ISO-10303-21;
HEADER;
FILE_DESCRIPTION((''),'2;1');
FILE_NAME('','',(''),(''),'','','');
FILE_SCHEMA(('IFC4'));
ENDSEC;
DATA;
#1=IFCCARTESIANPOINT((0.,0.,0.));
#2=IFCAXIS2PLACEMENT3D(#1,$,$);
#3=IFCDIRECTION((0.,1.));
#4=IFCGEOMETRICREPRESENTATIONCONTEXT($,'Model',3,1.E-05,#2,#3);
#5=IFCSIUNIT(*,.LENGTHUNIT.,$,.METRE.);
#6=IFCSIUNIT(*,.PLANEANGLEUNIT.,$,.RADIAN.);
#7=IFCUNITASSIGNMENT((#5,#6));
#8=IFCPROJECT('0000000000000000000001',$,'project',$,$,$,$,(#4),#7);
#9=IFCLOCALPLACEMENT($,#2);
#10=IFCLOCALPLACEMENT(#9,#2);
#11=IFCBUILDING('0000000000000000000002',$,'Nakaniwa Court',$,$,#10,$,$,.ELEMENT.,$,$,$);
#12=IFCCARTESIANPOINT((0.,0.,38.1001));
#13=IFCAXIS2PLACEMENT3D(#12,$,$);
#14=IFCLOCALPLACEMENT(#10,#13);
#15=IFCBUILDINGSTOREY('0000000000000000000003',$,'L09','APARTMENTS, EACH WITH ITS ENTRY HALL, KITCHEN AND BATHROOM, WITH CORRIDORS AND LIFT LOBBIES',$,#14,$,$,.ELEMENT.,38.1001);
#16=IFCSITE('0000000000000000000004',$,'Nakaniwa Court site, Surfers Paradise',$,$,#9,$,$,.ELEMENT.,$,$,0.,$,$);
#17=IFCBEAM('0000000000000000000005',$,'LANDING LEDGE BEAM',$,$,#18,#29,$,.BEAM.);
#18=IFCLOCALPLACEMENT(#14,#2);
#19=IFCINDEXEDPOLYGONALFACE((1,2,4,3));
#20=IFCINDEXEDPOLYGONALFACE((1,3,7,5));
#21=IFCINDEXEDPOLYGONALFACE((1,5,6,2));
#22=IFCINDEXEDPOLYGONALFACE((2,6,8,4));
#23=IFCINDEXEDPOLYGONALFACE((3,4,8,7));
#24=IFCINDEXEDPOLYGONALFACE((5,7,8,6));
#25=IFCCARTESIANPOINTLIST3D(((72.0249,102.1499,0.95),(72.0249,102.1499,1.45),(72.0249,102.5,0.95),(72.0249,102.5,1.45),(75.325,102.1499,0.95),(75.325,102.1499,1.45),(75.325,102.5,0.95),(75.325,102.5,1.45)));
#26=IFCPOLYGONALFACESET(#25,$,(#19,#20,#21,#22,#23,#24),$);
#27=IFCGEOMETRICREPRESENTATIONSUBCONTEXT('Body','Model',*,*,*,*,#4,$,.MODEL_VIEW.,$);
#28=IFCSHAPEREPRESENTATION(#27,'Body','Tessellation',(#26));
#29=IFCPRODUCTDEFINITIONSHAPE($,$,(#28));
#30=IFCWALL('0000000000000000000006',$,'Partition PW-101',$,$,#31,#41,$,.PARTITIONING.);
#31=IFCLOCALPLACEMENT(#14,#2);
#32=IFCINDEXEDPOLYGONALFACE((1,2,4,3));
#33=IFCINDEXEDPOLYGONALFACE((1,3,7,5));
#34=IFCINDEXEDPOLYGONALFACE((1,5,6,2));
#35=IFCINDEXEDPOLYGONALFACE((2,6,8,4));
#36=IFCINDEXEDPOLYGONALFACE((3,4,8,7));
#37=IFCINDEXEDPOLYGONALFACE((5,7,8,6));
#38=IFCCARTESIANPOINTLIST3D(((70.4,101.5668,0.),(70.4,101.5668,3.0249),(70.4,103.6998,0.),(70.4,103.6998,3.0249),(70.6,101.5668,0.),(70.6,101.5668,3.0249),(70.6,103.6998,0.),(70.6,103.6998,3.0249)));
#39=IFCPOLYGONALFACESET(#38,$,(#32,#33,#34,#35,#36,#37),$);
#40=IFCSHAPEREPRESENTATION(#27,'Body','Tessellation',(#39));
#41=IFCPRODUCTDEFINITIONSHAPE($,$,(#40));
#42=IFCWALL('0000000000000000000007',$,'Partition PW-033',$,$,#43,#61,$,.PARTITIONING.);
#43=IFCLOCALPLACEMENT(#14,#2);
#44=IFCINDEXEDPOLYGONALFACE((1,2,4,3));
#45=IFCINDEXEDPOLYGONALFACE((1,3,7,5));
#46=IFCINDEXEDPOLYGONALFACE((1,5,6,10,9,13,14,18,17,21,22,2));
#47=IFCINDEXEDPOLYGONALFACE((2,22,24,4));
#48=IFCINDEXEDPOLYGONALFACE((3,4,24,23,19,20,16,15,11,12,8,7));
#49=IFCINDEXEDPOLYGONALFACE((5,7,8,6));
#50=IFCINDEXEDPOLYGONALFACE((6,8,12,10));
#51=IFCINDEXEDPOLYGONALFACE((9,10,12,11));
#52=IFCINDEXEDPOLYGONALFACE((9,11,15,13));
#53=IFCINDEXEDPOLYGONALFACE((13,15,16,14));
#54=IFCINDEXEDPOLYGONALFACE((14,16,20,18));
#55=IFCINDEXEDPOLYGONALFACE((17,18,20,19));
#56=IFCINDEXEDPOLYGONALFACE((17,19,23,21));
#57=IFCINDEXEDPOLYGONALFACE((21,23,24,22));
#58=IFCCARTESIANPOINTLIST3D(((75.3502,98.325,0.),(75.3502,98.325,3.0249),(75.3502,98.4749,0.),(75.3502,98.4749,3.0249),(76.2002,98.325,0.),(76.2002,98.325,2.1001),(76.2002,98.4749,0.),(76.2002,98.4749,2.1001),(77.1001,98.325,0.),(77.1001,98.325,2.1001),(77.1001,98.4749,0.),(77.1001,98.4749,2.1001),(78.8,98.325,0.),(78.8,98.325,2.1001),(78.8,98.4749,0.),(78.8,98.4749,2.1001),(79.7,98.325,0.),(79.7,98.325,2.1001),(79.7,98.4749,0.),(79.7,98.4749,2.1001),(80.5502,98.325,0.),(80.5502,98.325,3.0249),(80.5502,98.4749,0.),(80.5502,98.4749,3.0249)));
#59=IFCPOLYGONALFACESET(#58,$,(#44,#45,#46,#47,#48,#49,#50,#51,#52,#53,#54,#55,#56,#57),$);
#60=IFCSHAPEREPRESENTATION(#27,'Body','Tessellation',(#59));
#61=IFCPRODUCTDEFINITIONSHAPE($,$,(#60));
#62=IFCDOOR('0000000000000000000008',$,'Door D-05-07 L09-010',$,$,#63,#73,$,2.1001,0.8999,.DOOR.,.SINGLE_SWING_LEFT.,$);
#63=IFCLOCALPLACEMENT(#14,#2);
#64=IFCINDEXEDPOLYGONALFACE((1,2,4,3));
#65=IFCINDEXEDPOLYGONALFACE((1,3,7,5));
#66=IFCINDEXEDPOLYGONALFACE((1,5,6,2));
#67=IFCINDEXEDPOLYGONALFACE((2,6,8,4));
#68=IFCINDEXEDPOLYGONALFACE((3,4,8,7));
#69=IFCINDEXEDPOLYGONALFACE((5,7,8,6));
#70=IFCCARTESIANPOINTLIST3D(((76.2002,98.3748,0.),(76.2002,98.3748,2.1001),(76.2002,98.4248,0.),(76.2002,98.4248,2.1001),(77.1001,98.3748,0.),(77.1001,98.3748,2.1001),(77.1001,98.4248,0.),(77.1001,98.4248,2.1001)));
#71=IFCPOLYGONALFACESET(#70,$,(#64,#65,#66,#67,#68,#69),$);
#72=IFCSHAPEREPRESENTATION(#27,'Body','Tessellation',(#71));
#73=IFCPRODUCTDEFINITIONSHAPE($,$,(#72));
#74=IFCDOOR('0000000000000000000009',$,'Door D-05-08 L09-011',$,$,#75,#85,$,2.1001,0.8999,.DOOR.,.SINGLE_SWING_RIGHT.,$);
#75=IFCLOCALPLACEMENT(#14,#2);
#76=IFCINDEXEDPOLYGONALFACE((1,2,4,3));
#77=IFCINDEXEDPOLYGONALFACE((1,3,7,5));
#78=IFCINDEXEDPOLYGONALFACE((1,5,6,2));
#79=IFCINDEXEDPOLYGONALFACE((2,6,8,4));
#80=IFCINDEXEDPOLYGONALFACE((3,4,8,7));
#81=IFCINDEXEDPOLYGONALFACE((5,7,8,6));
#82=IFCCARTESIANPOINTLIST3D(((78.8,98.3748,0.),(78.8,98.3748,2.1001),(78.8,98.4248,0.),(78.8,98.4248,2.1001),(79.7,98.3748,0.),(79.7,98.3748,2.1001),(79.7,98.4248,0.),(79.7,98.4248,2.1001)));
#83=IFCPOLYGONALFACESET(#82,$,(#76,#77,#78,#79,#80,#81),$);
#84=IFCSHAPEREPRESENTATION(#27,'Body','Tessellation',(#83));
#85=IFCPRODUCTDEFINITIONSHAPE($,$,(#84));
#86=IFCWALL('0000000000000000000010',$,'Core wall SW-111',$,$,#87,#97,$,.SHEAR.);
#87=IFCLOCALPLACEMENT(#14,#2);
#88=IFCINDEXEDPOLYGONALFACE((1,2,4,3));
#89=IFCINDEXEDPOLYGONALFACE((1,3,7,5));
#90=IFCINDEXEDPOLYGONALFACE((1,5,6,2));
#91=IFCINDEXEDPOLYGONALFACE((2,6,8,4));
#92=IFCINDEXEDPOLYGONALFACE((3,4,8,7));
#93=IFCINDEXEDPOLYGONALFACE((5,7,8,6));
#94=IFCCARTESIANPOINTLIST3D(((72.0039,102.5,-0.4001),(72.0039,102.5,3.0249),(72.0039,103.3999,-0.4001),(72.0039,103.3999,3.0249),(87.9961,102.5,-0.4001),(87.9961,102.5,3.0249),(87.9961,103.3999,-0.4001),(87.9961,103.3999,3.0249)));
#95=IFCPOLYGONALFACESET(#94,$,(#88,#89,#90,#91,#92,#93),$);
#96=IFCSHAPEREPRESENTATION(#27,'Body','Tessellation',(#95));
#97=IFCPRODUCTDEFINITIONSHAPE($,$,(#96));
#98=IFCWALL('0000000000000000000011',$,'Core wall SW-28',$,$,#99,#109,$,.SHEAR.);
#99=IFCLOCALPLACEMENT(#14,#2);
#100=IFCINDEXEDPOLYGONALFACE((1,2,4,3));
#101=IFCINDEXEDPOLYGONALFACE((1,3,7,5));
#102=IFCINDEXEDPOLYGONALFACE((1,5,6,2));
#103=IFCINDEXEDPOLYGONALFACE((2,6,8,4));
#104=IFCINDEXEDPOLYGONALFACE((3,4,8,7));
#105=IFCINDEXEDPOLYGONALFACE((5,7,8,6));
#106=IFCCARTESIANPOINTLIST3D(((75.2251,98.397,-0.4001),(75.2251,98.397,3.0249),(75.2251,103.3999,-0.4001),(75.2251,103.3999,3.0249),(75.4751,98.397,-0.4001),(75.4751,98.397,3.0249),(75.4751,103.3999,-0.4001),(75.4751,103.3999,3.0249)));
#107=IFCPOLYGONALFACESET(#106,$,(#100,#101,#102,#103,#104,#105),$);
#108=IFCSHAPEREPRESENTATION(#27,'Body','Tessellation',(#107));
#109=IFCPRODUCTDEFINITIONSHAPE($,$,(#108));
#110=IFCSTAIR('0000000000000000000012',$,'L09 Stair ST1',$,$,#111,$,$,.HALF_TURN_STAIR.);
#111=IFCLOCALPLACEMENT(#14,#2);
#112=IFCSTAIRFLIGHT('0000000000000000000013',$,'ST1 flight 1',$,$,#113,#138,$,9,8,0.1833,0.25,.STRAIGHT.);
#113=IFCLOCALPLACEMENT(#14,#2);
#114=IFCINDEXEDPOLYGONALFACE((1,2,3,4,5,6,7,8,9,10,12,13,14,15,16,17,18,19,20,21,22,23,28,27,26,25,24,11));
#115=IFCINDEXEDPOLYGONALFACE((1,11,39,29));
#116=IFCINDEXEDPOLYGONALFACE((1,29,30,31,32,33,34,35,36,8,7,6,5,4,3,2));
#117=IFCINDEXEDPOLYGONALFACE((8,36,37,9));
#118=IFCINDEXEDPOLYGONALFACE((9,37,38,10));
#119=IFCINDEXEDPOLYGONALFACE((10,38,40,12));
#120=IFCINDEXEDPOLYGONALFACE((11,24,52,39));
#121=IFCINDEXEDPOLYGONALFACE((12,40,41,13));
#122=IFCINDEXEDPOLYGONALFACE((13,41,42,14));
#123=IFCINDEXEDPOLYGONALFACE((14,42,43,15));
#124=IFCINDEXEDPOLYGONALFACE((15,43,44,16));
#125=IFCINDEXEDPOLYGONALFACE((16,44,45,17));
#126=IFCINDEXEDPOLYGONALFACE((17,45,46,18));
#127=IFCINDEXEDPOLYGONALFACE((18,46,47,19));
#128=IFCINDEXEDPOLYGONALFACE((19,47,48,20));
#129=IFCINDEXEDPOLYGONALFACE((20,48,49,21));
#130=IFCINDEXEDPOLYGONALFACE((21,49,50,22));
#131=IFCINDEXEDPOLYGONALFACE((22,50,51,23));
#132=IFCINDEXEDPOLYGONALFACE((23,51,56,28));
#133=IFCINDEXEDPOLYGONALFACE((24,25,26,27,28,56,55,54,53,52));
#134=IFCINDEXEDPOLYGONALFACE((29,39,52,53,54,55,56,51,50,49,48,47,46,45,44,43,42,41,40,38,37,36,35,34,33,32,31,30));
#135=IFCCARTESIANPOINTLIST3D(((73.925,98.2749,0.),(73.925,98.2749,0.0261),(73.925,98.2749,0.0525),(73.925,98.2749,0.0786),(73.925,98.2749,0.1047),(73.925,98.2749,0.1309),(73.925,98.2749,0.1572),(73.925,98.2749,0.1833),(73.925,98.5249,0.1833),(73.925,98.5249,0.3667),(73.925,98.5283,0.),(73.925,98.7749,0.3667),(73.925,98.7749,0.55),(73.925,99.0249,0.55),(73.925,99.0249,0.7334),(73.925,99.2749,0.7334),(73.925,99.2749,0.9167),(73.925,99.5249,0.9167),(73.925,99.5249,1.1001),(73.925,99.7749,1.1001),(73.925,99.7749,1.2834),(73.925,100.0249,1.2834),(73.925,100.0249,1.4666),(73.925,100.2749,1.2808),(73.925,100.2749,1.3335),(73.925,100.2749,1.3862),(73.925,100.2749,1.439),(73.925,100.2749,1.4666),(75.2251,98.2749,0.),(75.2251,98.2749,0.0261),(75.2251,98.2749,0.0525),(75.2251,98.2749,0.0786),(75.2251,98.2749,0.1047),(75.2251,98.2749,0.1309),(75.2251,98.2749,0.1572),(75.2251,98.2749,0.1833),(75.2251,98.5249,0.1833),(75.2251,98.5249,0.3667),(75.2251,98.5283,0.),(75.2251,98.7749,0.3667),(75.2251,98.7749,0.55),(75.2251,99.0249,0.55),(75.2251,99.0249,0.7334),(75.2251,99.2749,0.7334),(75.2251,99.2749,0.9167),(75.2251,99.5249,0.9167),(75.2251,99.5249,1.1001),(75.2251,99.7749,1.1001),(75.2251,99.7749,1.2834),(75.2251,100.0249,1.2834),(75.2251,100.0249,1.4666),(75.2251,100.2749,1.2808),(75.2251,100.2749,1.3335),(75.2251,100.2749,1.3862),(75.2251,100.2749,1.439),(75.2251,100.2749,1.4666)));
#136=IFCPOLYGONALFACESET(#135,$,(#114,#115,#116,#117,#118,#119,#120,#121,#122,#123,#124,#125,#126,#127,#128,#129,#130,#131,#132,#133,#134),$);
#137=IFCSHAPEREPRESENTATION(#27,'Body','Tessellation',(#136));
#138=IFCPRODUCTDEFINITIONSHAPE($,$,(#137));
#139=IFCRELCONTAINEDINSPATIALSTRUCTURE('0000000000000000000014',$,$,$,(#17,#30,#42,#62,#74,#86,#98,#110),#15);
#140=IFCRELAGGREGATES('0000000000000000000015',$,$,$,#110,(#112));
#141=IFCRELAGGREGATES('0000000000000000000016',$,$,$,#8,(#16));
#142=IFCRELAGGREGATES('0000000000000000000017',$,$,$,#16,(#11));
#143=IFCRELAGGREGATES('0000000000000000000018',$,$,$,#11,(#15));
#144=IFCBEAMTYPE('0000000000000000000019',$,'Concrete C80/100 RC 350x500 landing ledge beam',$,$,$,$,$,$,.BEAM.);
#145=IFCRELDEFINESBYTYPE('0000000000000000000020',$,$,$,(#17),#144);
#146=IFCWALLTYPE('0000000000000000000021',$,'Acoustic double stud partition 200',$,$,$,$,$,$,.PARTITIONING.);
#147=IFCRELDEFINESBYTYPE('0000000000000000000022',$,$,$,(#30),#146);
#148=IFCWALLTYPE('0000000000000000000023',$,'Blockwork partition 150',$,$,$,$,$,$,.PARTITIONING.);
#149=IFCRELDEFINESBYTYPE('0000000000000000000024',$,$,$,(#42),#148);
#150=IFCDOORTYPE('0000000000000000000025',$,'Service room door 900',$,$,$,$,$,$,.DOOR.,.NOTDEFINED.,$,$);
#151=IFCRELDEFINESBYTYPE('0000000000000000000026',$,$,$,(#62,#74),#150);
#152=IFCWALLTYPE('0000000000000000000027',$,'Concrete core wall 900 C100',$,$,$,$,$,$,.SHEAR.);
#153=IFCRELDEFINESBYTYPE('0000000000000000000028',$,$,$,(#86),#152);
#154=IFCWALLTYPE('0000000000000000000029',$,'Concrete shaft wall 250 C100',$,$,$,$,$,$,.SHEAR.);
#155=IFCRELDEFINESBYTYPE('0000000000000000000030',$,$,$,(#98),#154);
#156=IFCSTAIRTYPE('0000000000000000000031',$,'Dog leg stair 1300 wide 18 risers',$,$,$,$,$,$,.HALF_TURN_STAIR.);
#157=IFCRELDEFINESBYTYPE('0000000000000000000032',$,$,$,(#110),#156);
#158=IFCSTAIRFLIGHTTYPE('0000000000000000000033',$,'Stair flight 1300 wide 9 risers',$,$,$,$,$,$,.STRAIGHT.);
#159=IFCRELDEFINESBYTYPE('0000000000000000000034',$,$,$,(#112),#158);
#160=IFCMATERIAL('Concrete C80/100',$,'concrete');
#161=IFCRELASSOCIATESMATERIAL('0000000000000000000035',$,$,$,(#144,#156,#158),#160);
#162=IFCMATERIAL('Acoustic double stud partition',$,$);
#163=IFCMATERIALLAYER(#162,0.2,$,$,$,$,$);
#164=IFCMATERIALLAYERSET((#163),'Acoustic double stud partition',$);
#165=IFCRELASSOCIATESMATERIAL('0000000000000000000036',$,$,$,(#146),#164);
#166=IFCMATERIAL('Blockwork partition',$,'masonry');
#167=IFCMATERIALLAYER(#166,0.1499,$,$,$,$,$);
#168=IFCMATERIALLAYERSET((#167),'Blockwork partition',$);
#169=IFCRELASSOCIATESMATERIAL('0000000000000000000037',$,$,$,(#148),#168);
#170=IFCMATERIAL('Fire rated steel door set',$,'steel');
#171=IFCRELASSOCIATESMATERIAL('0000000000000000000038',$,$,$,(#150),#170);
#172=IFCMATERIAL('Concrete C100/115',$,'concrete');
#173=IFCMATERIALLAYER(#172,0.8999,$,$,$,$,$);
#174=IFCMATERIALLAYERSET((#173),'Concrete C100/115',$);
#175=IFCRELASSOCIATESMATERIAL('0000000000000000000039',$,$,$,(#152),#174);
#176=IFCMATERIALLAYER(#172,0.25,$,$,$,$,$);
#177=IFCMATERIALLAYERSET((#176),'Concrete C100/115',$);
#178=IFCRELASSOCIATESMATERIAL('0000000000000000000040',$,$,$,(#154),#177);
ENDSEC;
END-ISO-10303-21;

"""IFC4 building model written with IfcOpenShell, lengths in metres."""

from ifc_helpers import new_model, si_unit, direction, frame, frame_2d, origin, origin_2d, place, context, subcontext, project, spatial, polyline, rectangle, outline, extrude, material, layer, layer_set, material_profile, profile_set, type_object, element, fill, aggregate, save


model = new_model("IFC4")

# Units and contexts
model_context = context("Model", 3, precision=1e-05, world=origin(), true_north=direction((0.0, 1.0)))
body_context = subcontext(model_context, "Body", "Model", "MODEL_VIEW")
ifc_project = project(units=[si_unit("LENGTHUNIT", "METRE"), si_unit("PLANEANGLEUNIT", "RADIAN")], contexts=[model_context])

# Site, building, storey
site_placement = place(None, origin())
site = spatial("IfcSite", under=ifc_project, at=site_placement, Name="Nakaniwa Court site, Surfers Paradise", CompositionType="ELEMENT", RefElevation=0.0)
building_placement = place(site_placement, origin())
building = spatial("IfcBuilding", under=site, at=building_placement, Name="Nakaniwa Court", CompositionType="ELEMENT")
storey_placement = place(building_placement, frame((0.0, 0.0, 38.1001)))
storey = spatial("IfcBuildingStorey", under=building, at=storey_placement, Name="L09", Description="APARTMENTS, EACH WITH ITS ENTRY HALL, KITCHEN AND BATHROOM, WITH CORRIDORS AND LIFT LOBBIES", CompositionType="ELEMENT", Elevation=38.1001)

# Beam
ifc_material_1 = material(Name="Concrete C80/100", Category="concrete")
ifc_material_profile = material_profile(ifc_material_1, rectangle(XDim=0.3501, YDim=0.5, at=origin_2d()), Name="Concrete C80/100 RC 350x500 landing ledge beam")
ifc_profile_set = profile_set([ifc_material_profile], Name="Concrete C80/100")
beam_type = type_object("IfcBeamType", Name="Concrete C80/100 RC 350x500 landing ledge beam", PredefinedType="BEAM", material=ifc_profile_set)
beam_placement = place(storey_placement, frame((72.0249, 102.325, 1.2), z_axis=(1.0, 0.0, 0.0), x_axis=(0.0, 1.0, 0.0)))
element("IfcBeam", 1, at=beam_placement, inside=storey, type_object=beam_type, Name="LANDING LEDGE BEAM", PredefinedType="BEAM", context=body_context, shape_type="SweptSolid", body=[
    extrude(rectangle(XDim=0.3501, YDim=0.5, at=origin_2d()), origin(), (0.0, 0.0, 1.0), 3.3),
])

# Wall
ifc_material_2 = material(Name="Acoustic double stud partition")
ifc_layer_1 = layer(ifc_material_2, 0.2)
ifc_layer_set_1 = layer_set([ifc_layer_1], Name="Acoustic double stud partition")
wall_type_1 = type_object("IfcWallType", Name="Acoustic double stud partition 200", PredefinedType="PARTITIONING", material=ifc_layer_set_1)
wall_1_placement = place(storey_placement, frame((70.5, 101.5669, 0.0), z_axis=(0.0, 0.0, 1.0), x_axis=(0.0, 1.0, 0.0)))
element("IfcWall", 2, at=wall_1_placement, inside=storey, type_object=wall_type_1, Name="Partition PW-101", PredefinedType="PARTITIONING", context=body_context, shape_type="SweptSolid", body=[
    extrude(rectangle(XDim=2.1331, YDim=0.2, at=frame_2d((1.0664, 0.0))), origin(), (0.0, 0.0, 1.0), 3.0249),
])

# Wall, openings, doors
ifc_material_3 = material(Name="Blockwork partition", Category="masonry")
ifc_layer_2 = layer(ifc_material_3, 0.1499)
ifc_layer_set_2 = layer_set([ifc_layer_2], Name="Blockwork partition")
wall_type_2 = type_object("IfcWallType", Name="Blockwork partition 150", PredefinedType="PARTITIONING", material=ifc_layer_set_2)
wall_2_placement = place(storey_placement, frame((75.3501, 98.3999, 0.0), z_axis=(0.0, 0.0, 1.0), x_axis=(1.0, 0.0, 0.0)))
wall_2 = element("IfcWall", 3, at=wall_2_placement, inside=storey, type_object=wall_type_2, Name="Partition PW-033", PredefinedType="PARTITIONING", context=body_context, shape_type="SweptSolid", body=[
    extrude(rectangle(XDim=5.2, YDim=0.1499, at=frame_2d((2.6001, 0.0))), origin(), (0.0, 0.0, 1.0), 3.0249),
])
opening_1_placement = place(wall_2_placement, frame((0.8501, 0.0, 0.0)))
opening_1 = element("IfcOpeningElement", 4, at=opening_1_placement, cuts=wall_2, PredefinedType="OPENING", context=body_context, shape_type="SweptSolid", body=[
    extrude(rectangle(XDim=0.8999, YDim=2.1001, at=frame_2d((0.45, 1.05))), frame((0.0, 0.085, 0.0), z_axis=(0.0, -1.0, 0.0), x_axis=(1.0, 0.0, 0.0)), (0.0, 0.0, 1.0), 0.1699),
])
opening_2_placement = place(wall_2_placement, frame((3.45, 0.0, 0.0)))
opening_2 = element("IfcOpeningElement", 5, at=opening_2_placement, cuts=wall_2, PredefinedType="OPENING", context=body_context, shape_type="SweptSolid", body=[
    extrude(rectangle(XDim=0.8999, YDim=2.1001, at=frame_2d((0.45, 1.05))), frame((0.0, 0.085, 0.0), z_axis=(0.0, -1.0, 0.0), x_axis=(1.0, 0.0, 0.0)), (0.0, 0.0, 1.0), 0.1699),
])
ifc_material_4 = material(Name="Fire rated steel door set", Category="steel")
door_type = type_object("IfcDoorType", Name="Service room door 900", OperationType="NOTDEFINED", PredefinedType="DOOR", material=ifc_material_4)
door_1_placement = place(opening_1_placement, origin())
door_1 = element("IfcDoor", 6, at=door_1_placement, inside=storey, type_object=door_type, Name="Door D-05-07 L09-010", OperationType="SINGLE_SWING_LEFT", OverallHeight=2.1001, OverallWidth=0.8999, PredefinedType="DOOR", context=body_context, shape_type="SweptSolid", body=[
    extrude(rectangle(XDim=0.8999, YDim=2.1001, at=frame_2d((0.45, 1.05))), frame((0.0, 0.0249, 0.0), z_axis=(0.0, -1.0, 0.0), x_axis=(1.0, 0.0, 0.0)), (0.0, 0.0, 1.0), 0.05),
])
fill(opening_1, door_1)
door_2_placement = place(opening_2_placement, origin())
door_2 = element("IfcDoor", 7, at=door_2_placement, inside=storey, type_object=door_type, Name="Door D-05-08 L09-011", OperationType="SINGLE_SWING_RIGHT", OverallHeight=2.1001, OverallWidth=0.8999, PredefinedType="DOOR", context=body_context, shape_type="SweptSolid", body=[
    extrude(rectangle(XDim=0.8999, YDim=2.1001, at=frame_2d((0.45, 1.05))), frame((0.0, 0.0249, 0.0), z_axis=(0.0, -1.0, 0.0), x_axis=(1.0, 0.0, 0.0)), (0.0, 0.0, 1.0), 0.05),
])
fill(opening_2, door_2)

# Walls
ifc_material_5 = material(Name="Concrete C100/115", Category="concrete")
ifc_layer_3 = layer(ifc_material_5, 0.8999)
ifc_layer_set_3 = layer_set([ifc_layer_3], Name="Concrete C100/115")
wall_type_3 = type_object("IfcWallType", Name="Concrete core wall 900 C100", PredefinedType="SHEAR", material=ifc_layer_set_3)
wall_3_placement = place(storey_placement, frame((72.0039, 102.95, -0.4001), z_axis=(0.0, 0.0, 1.0), x_axis=(1.0, 0.0, 0.0)))
element("IfcWall", 8, at=wall_3_placement, inside=storey, type_object=wall_type_3, Name="Core wall SW-111", PredefinedType="SHEAR", context=body_context, shape_type="SweptSolid", body=[
    extrude(rectangle(XDim=15.9922, YDim=0.8999, at=frame_2d((7.9961, 0.0))), origin(), (0.0, 0.0, 1.0), 3.425),
])
ifc_layer_4 = layer(ifc_material_5, 0.25)
ifc_layer_set_4 = layer_set([ifc_layer_4], Name="Concrete C100/115")
wall_type_4 = type_object("IfcWallType", Name="Concrete shaft wall 250 C100", PredefinedType="SHEAR", material=ifc_layer_set_4)
wall_4_placement = place(storey_placement, frame((75.3501, 98.397, -0.4001), z_axis=(0.0, 0.0, 1.0), x_axis=(0.0, 1.0, 0.0)))
element("IfcWall", 9, at=wall_4_placement, inside=storey, type_object=wall_type_4, Name="Core wall SW-28", PredefinedType="SHEAR", context=body_context, shape_type="SweptSolid", body=[
    extrude(rectangle(XDim=5.0029, YDim=0.25, at=frame_2d((2.5015, 0.0))), origin(), (0.0, 0.0, 1.0), 3.425),
])

# Stair, stair flight
stair_type = type_object("IfcStairType", Name="Dog leg stair 1300 wide 18 risers", PredefinedType="HALF_TURN_STAIR", material=ifc_material_1)
stair_placement = place(storey_placement, origin())
stair = element("IfcStair", 10, at=stair_placement, inside=storey, type_object=stair_type, Name="L09 Stair ST1", PredefinedType="HALF_TURN_STAIR")
stair_flight_type = type_object("IfcStairFlightType", Name="Stair flight 1300 wide 9 risers", PredefinedType="STRAIGHT", material=ifc_material_1)
stair_flight_1_placement = place(storey_placement, frame((74.575, 98.2749, 0.0), z_axis=(0.0, 0.0, 1.0), x_axis=(0.0, 1.0, 0.0)))
stair_flight_1 = element("IfcStairFlight", 11, at=stair_flight_1_placement, type_object=stair_flight_type, Name="ST1 flight 1", NumberOfRisers=9, NumberOfTreads=8, PredefinedType="STRAIGHT", RiserHeight=0.1833, TreadLength=0.25, context=body_context, shape_type="SweptSolid", body=[
    extrude(outline(polyline([(0.0, 0.0), (0.0, 0.0261), (0.0, 0.0525), (0.0, 0.0786), (0.0, 0.1047), (0.0, 0.1309), (0.0, 0.1572), (0.0, 0.1833), (0.25, 0.1833), (0.25, 0.3667), (0.5, 0.3667), (0.5, 0.55), (0.75, 0.55), (0.75, 0.7334), (1.0, 0.7334), (1.0, 0.9167), (1.25, 0.9167), (1.25, 1.1001), (1.5, 1.1001), (1.5, 1.2834), (1.75, 1.2834), (1.75, 1.4666), (2.0, 1.4666), (2.0, 1.6499), (2.0, 1.5972), (2.0, 1.5444), (2.0, 1.4917), (2.0, 1.439), (2.0, 1.3862), (2.0, 1.3335), (2.0, 1.2808), (0.2534, 0.0), (0.0, 0.0)])), frame((0.0, 0.6499, 0.0), z_axis=(0.0, -1.0, 0.0), x_axis=(1.0, 0.0, 0.0)), (0.0, 0.0, 1.0), 1.3),
])
aggregate(stair, [stair_flight_1])

save(model, "model.ifc")
